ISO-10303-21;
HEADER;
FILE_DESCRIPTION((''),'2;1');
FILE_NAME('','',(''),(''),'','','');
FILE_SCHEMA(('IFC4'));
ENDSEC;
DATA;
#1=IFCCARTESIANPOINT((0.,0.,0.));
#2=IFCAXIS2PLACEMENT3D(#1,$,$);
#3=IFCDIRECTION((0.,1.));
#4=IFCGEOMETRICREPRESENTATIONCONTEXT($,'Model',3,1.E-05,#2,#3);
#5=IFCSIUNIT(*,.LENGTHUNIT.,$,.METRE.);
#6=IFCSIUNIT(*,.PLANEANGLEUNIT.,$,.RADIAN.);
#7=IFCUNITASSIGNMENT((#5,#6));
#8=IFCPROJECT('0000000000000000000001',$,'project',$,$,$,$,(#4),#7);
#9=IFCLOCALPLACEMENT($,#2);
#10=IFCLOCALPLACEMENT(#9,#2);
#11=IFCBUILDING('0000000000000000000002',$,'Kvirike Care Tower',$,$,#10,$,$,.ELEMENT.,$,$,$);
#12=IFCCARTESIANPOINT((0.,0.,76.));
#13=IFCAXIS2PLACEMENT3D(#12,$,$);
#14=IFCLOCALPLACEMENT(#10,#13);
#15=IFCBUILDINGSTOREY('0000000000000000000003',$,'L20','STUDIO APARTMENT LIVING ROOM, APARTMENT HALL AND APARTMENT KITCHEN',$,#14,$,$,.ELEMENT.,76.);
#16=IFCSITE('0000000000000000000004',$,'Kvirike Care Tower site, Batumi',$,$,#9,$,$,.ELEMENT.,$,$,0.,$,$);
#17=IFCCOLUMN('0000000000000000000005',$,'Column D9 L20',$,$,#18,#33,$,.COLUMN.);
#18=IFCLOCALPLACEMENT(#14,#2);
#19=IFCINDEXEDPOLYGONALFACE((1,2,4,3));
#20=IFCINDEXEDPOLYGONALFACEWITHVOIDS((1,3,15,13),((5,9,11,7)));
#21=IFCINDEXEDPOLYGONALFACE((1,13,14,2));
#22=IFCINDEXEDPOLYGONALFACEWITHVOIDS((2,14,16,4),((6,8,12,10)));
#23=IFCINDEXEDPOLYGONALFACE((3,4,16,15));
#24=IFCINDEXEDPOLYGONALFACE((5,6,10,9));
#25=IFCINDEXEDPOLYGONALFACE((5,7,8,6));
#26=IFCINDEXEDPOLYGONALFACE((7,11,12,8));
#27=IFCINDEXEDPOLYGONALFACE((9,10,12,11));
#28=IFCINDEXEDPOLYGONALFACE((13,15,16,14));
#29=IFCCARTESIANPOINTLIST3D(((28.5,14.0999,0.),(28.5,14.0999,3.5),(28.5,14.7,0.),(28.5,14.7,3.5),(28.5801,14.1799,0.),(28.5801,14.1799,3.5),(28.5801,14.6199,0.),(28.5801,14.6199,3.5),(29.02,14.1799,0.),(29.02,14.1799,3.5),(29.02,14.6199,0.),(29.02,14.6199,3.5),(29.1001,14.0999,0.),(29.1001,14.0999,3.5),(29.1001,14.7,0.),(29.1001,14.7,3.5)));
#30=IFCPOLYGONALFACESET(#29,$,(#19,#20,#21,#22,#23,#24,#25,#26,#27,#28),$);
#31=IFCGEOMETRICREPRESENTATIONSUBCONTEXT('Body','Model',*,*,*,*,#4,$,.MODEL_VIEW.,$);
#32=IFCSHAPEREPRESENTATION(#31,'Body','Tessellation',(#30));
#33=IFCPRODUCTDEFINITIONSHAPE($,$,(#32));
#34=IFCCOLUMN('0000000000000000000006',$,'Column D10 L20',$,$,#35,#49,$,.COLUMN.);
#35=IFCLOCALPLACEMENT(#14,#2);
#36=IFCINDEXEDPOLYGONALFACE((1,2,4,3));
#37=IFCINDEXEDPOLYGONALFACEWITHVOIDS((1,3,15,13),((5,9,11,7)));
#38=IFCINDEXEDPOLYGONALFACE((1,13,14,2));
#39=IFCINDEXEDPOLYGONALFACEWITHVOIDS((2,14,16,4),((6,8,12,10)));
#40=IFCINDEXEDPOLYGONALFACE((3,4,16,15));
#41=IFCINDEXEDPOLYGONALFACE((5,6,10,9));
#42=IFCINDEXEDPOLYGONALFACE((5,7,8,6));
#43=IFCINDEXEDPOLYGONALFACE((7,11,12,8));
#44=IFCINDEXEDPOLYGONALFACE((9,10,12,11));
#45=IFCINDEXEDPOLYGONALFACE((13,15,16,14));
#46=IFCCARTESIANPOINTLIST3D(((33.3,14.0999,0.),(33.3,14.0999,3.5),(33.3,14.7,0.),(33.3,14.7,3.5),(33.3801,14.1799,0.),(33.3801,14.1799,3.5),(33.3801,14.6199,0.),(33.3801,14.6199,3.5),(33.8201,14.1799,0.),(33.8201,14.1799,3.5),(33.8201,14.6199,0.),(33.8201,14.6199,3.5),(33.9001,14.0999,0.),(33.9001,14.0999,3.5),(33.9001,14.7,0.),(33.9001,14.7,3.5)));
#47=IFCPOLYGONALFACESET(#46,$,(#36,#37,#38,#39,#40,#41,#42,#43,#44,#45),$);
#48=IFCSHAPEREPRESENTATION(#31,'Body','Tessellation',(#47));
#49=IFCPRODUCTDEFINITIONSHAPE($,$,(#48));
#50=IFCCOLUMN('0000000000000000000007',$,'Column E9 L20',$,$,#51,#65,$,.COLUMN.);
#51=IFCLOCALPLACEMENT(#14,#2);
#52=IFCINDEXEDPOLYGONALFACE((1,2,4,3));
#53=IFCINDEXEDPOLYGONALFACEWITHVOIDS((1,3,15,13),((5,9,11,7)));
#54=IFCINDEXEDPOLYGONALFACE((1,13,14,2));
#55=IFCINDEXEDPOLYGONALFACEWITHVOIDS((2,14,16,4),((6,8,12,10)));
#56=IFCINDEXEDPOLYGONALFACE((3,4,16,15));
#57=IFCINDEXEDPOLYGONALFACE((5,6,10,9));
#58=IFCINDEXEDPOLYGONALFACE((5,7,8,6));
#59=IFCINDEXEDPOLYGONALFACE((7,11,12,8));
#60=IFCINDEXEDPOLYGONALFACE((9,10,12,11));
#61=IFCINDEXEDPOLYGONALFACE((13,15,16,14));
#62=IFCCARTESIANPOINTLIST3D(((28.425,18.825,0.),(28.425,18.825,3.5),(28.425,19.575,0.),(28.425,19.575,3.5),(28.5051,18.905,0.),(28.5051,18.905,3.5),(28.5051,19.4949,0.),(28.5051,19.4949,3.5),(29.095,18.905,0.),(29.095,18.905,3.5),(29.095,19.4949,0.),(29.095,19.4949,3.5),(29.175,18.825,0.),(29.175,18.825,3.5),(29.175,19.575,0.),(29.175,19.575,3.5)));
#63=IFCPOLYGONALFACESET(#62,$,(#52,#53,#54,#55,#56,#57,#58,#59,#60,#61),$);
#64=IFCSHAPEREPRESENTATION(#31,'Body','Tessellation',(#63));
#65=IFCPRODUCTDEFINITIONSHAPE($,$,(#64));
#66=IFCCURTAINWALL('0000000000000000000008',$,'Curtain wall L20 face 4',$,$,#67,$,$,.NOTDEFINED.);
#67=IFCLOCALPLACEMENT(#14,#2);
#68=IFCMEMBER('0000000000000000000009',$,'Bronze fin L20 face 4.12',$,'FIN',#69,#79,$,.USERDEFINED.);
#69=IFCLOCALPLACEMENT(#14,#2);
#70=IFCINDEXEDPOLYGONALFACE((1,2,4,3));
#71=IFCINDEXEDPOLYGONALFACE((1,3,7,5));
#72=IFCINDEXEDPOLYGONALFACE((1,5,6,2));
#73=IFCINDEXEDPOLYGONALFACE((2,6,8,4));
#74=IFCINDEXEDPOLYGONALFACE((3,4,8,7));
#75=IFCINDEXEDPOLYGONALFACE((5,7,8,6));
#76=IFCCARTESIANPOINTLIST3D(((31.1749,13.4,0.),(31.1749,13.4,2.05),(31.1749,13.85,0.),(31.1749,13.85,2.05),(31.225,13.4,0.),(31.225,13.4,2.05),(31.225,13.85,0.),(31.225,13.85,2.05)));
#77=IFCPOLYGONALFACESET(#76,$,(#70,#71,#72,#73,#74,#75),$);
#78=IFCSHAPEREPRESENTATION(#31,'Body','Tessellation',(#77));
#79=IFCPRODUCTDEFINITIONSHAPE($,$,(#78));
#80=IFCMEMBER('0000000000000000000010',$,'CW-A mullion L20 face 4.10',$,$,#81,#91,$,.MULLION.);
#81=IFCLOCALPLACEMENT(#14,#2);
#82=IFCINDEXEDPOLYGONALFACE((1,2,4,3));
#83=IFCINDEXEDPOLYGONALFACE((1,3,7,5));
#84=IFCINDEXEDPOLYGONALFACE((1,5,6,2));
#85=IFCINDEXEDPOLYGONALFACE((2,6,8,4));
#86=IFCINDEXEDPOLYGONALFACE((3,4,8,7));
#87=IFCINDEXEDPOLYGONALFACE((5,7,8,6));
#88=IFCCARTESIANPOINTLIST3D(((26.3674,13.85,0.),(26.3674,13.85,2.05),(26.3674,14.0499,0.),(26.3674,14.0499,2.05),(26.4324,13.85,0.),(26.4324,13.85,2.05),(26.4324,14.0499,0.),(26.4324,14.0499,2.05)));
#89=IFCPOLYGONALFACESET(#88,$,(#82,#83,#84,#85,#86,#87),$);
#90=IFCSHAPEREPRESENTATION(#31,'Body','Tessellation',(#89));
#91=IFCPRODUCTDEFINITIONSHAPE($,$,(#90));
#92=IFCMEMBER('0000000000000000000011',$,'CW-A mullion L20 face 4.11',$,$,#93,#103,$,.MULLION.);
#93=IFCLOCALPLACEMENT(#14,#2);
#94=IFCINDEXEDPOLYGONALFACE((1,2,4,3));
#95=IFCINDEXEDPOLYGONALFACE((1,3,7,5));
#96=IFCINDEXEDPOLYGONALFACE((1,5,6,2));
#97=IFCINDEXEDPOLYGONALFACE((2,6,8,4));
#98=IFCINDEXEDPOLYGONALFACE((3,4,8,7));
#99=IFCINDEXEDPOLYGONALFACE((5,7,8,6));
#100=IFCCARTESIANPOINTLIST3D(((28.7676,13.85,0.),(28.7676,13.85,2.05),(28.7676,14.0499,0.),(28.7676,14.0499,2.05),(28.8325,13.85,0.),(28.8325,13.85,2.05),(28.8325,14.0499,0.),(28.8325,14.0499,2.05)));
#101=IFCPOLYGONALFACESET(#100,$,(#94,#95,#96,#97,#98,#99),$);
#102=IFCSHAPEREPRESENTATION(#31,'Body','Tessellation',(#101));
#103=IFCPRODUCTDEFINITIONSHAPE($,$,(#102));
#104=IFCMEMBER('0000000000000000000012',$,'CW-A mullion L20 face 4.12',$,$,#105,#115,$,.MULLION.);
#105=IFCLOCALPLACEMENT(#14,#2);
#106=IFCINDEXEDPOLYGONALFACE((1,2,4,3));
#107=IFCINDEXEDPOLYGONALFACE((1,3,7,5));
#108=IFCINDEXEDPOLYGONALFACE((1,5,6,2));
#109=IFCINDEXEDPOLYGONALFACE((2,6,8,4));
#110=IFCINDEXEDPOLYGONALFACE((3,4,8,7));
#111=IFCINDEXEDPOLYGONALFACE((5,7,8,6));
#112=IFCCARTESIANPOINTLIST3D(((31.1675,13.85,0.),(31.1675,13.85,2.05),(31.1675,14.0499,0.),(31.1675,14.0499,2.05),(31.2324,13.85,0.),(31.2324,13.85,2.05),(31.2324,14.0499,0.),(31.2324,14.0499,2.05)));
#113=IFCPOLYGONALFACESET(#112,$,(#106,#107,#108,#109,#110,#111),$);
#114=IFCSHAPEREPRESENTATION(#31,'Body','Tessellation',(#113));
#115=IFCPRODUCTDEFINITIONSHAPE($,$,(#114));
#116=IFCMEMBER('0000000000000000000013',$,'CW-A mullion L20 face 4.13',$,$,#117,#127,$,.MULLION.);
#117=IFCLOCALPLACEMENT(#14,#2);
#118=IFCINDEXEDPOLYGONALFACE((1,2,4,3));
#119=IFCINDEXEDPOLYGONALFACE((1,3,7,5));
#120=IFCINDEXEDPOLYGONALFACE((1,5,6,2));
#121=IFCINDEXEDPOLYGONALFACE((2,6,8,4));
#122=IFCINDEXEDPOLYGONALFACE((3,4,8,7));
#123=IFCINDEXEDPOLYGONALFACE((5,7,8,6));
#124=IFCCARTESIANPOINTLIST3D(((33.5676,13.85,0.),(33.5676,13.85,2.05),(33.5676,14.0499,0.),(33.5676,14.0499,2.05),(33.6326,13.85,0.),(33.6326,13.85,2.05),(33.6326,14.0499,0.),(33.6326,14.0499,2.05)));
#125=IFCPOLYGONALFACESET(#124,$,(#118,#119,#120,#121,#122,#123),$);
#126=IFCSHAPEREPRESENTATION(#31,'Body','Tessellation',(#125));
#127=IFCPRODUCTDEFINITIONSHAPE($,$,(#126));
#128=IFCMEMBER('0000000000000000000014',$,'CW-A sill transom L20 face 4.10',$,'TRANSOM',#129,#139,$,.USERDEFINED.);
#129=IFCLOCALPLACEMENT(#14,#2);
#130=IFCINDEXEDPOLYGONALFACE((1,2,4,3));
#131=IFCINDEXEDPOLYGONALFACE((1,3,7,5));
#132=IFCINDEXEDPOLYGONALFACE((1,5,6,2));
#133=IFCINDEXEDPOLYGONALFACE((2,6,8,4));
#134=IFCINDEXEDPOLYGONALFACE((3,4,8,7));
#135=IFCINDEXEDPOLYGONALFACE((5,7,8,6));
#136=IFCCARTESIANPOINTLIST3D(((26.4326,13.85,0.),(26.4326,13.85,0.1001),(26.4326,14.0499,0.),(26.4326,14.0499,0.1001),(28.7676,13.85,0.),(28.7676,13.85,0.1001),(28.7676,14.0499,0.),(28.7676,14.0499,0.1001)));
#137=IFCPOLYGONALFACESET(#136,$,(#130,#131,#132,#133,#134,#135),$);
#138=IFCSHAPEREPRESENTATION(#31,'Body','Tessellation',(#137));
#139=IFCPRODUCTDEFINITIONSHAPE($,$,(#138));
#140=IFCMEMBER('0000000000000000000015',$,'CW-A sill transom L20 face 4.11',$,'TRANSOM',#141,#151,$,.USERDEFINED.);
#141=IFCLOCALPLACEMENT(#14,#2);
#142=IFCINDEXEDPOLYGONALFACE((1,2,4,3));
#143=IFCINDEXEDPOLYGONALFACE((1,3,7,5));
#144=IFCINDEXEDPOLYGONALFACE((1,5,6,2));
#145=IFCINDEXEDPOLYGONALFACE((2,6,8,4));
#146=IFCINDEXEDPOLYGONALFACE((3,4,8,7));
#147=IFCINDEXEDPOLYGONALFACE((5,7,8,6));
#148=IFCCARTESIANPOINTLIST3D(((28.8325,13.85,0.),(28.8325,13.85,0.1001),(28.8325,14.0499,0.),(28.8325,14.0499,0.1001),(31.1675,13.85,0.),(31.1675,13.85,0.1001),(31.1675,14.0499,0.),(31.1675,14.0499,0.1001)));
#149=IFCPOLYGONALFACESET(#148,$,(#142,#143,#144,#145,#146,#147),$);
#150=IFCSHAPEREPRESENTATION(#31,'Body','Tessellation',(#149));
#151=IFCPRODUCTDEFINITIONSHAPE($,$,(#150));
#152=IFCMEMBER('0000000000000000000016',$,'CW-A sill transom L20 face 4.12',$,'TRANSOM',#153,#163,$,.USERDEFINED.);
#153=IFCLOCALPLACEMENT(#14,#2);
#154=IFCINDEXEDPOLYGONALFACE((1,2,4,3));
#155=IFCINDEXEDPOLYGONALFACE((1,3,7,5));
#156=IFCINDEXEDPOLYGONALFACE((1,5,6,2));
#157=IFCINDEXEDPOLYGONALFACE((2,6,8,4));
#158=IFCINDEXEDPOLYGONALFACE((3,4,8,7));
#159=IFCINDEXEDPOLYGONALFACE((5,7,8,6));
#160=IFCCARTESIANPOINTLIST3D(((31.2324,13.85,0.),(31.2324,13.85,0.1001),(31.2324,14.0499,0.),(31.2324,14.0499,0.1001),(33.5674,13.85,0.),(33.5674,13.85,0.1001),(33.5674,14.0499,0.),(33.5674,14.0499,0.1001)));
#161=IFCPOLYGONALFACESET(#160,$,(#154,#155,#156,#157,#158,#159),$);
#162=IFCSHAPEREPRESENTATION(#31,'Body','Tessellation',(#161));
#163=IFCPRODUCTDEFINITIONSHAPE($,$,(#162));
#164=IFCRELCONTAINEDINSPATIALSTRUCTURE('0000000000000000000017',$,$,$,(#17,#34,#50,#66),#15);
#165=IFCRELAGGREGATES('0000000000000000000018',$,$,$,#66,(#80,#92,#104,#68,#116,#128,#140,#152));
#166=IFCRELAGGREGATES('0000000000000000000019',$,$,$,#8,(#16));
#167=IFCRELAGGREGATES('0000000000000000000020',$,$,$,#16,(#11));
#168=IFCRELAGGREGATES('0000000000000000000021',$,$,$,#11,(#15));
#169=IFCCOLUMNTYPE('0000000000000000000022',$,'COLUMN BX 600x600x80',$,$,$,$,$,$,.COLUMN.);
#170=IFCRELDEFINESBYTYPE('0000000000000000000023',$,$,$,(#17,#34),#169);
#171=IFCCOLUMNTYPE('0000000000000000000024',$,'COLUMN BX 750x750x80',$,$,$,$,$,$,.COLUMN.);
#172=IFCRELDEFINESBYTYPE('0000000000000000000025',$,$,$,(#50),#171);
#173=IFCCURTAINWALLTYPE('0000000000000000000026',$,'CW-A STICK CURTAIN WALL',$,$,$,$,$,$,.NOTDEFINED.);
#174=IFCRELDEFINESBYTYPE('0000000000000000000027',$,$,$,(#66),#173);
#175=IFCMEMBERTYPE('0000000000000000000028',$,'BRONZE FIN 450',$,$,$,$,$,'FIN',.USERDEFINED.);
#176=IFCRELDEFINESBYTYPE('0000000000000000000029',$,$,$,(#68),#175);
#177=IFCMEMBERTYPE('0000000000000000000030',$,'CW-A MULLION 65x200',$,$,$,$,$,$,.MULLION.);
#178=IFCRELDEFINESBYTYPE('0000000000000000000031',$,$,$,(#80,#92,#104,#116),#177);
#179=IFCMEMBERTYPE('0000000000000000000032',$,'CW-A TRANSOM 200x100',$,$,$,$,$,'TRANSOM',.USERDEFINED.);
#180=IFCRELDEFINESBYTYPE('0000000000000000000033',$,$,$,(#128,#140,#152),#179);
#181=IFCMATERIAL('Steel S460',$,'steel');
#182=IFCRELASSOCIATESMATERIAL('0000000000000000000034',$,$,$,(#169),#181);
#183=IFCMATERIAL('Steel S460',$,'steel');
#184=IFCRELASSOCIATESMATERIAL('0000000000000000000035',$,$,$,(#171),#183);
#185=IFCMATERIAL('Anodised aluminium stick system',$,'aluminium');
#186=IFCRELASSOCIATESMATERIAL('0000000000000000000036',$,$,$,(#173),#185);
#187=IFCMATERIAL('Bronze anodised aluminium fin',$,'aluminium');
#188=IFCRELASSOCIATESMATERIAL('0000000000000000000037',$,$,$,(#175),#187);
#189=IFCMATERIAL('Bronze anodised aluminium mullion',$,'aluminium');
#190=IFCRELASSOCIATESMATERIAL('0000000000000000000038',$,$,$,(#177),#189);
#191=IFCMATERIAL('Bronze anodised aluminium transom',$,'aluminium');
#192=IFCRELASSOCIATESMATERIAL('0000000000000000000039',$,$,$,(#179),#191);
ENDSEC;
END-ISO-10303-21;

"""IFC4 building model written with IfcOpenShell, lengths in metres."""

from ifc_helpers import new_model, si_unit, direction, frame, origin, origin_2d, place, context, subcontext, project, spatial, rectangle, hollow_rectangle, extrude, material, material_profile, profile_set, type_object, element, aggregate, save


model = new_model("IFC4")

# Units and contexts
model_context = context("Model", 3, precision=1e-05, world=origin(), true_north=direction((0.0, 1.0)))
body_context = subcontext(model_context, "Body", "Model", "MODEL_VIEW")
ifc_project = project(units=[si_unit("LENGTHUNIT", "METRE"), si_unit("PLANEANGLEUNIT", "RADIAN")], contexts=[model_context])

# Site, building, storey
site_placement = place(None, origin())
site = spatial("IfcSite", under=ifc_project, at=site_placement, Name="Kvirike Care Tower site, Batumi", CompositionType="ELEMENT", RefElevation=0.0)
building_placement = place(site_placement, origin())
building = spatial("IfcBuilding", under=site, at=building_placement, Name="Kvirike Care Tower", CompositionType="ELEMENT")
storey_placement = place(building_placement, frame((0.0, 0.0, 76.0)))
storey = spatial("IfcBuildingStorey", under=building, at=storey_placement, Name="L20", Description="STUDIO APARTMENT LIVING ROOM, APARTMENT HALL AND APARTMENT KITCHEN", CompositionType="ELEMENT", Elevation=76.0)

# Columns
ifc_material_1 = material(Name="Steel S460", Category="steel")
ifc_material_profile_1 = material_profile(ifc_material_1, hollow_rectangle(XDim=0.6001, YDim=0.6001, WallThickness=0.0801, at=origin_2d()), Name="BX 600x600x80")
ifc_profile_set_1 = profile_set([ifc_material_profile_1], Name="Steel S460")
column_type_1 = type_object("IfcColumnType", Name="COLUMN BX 600x600x80", PredefinedType="COLUMN", material=ifc_profile_set_1)
for number, where, z_axis, x_axis, name in (
    (1, (28.8, 14.3999, 0.0), (0.0, 0.0, 1.0), (0.0, 1.0, 0.0), "Column D9 L20"),
    (2, (33.6001, 14.3999, 0.0), (0.0, 0.0, 1.0), (0.0, 1.0, 0.0), "Column D10 L20"),
):
    element("IfcColumn", number, at=place(storey_placement, frame(where, z_axis=z_axis, x_axis=x_axis)), inside=storey, type_object=column_type_1, Name=name, PredefinedType="COLUMN", context=body_context, shape_type="SweptSolid", body=[
        extrude(hollow_rectangle(XDim=0.6001, YDim=0.6001, WallThickness=0.0801, at=origin_2d()), origin(), (0.0, 0.0, 1.0), 3.5),
    ])
ifc_material_2 = material(Name="Steel S460", Category="steel")
ifc_material_profile_2 = material_profile(ifc_material_2, hollow_rectangle(XDim=0.75, YDim=0.75, WallThickness=0.0801, at=origin_2d()), Name="BX 750x750x80")
ifc_profile_set_2 = profile_set([ifc_material_profile_2], Name="Steel S460")
column_type_2 = type_object("IfcColumnType", Name="COLUMN BX 750x750x80", PredefinedType="COLUMN", material=ifc_profile_set_2)
column_placement = place(storey_placement, frame((28.8, 19.2, 0.0), z_axis=(0.0, 0.0, 1.0), x_axis=(1.0, 0.0, 0.0)))
element("IfcColumn", 3, at=column_placement, inside=storey, type_object=column_type_2, Name="Column E9 L20", PredefinedType="COLUMN", context=body_context, shape_type="SweptSolid", body=[
    extrude(hollow_rectangle(XDim=0.75, YDim=0.75, WallThickness=0.0801, at=origin_2d()), origin(), (0.0, 0.0, 1.0), 3.5),
])

# Curtain wall, members
ifc_material_3 = material(Name="Anodised aluminium stick system", Category="aluminium")
curtain_wall_type = type_object("IfcCurtainWallType", Name="CW-A STICK CURTAIN WALL", PredefinedType="NOTDEFINED", material=ifc_material_3)
curtain_wall_placement = place(storey_placement, origin())
curtain_wall = element("IfcCurtainWall", 4, at=curtain_wall_placement, inside=storey, type_object=curtain_wall_type, Name="Curtain wall L20 face 4", PredefinedType="NOTDEFINED")
ifc_material_4 = material(Name="Bronze anodised aluminium fin", Category="aluminium")
ifc_material_profile_3 = material_profile(ifc_material_4, rectangle(XDim=0.05, YDim=0.45, at=origin_2d()), Name="BRONZE FIN 450")
ifc_profile_set_3 = profile_set([ifc_material_profile_3], Name="Bronze anodised aluminium fin")
member_type_1 = type_object("IfcMemberType", Name="BRONZE FIN 450", ElementType="FIN", PredefinedType="USERDEFINED", material=ifc_profile_set_3)
member_1_placement = place(storey_placement, frame((31.2, 13.625, 0.0), z_axis=(0.0, 0.0, 1.0), x_axis=(1.0, 0.0, 0.0)))
member_1 = element("IfcMember", 5, at=member_1_placement, type_object=member_type_1, Name="Bronze fin L20 face 4.12", ObjectType="FIN", PredefinedType="USERDEFINED", context=body_context, shape_type="SweptSolid", body=[
    extrude(rectangle(XDim=0.05, YDim=0.45, at=origin_2d()), origin(), (0.0, 0.0, 1.0), 2.05),
])
ifc_material_5 = material(Name="Bronze anodised aluminium mullion", Category="aluminium")
ifc_material_profile_4 = material_profile(ifc_material_5, rectangle(XDim=0.0649, YDim=0.2, at=origin_2d()), Name="CW-A MULLION 65x200")
ifc_profile_set_4 = profile_set([ifc_material_profile_4], Name="Bronze anodised aluminium mullion")
member_type_2 = type_object("IfcMemberType", Name="CW-A MULLION 65x200", PredefinedType="MULLION", material=ifc_profile_set_4)
member_2_placement = place(storey_placement, frame((26.3999, 13.95, 0.0), z_axis=(0.0, 0.0, 1.0), x_axis=(1.0, 0.0, 0.0)))
member_2 = element("IfcMember", 6, at=member_2_placement, type_object=member_type_2, Name="CW-A mullion L20 face 4.10", PredefinedType="MULLION", context=body_context, shape_type="SweptSolid", body=[
    extrude(rectangle(XDim=0.0649, YDim=0.2, at=origin_2d()), origin(), (0.0, 0.0, 1.0), 2.05),
])
member_3_placement = place(storey_placement, frame((28.8, 13.95, 0.0), z_axis=(0.0, 0.0, 1.0), x_axis=(1.0, 0.0, 0.0)))
member_3 = element("IfcMember", 7, at=member_3_placement, type_object=member_type_2, Name="CW-A mullion L20 face 4.11", PredefinedType="MULLION", context=body_context, shape_type="SweptSolid", body=[
    extrude(rectangle(XDim=0.0649, YDim=0.2, at=origin_2d()), origin(), (0.0, 0.0, 1.0), 2.05),
])
member_4_placement = place(storey_placement, frame((31.2, 13.95, 0.0), z_axis=(0.0, 0.0, 1.0), x_axis=(1.0, 0.0, 0.0)))
member_4 = element("IfcMember", 8, at=member_4_placement, type_object=member_type_2, Name="CW-A mullion L20 face 4.12", PredefinedType="MULLION", context=body_context, shape_type="SweptSolid", body=[
    extrude(rectangle(XDim=0.0649, YDim=0.2, at=origin_2d()), origin(), (0.0, 0.0, 1.0), 2.05),
])
member_5_placement = place(storey_placement, frame((33.6001, 13.95, 0.0), z_axis=(0.0, 0.0, 1.0), x_axis=(1.0, 0.0, 0.0)))
member_5 = element("IfcMember", 9, at=member_5_placement, type_object=member_type_2, Name="CW-A mullion L20 face 4.13", PredefinedType="MULLION", context=body_context, shape_type="SweptSolid", body=[
    extrude(rectangle(XDim=0.0649, YDim=0.2, at=origin_2d()), origin(), (0.0, 0.0, 1.0), 2.05),
])
ifc_material_6 = material(Name="Bronze anodised aluminium transom", Category="aluminium")
ifc_material_profile_5 = material_profile(ifc_material_6, rectangle(XDim=0.2, YDim=0.1001, at=origin_2d()), Name="CW-A TRANSOM 200x100")
ifc_profile_set_5 = profile_set([ifc_material_profile_5], Name="Bronze anodised aluminium transom")
member_type_3 = type_object("IfcMemberType", Name="CW-A TRANSOM 200x100", ElementType="TRANSOM", PredefinedType="USERDEFINED", material=ifc_profile_set_5)
member_6_placement = place(storey_placement, frame((26.4326, 13.95, 0.05), z_axis=(1.0, 0.0, 0.0), x_axis=(0.0, 1.0, 0.0)))
member_6 = element("IfcMember", 10, at=member_6_placement, type_object=member_type_3, Name="CW-A sill transom L20 face 4.10", ObjectType="TRANSOM", PredefinedType="USERDEFINED", context=body_context, shape_type="SweptSolid", body=[
    extrude(rectangle(XDim=0.2, YDim=0.1001, at=origin_2d()), origin(), (0.0, 0.0, 1.0), 2.335),
])
member_7_placement = place(storey_placement, frame((28.8325, 13.95, 0.05), z_axis=(1.0, 0.0, 0.0), x_axis=(0.0, 1.0, 0.0)))
member_7 = element("IfcMember", 11, at=member_7_placement, type_object=member_type_3, Name="CW-A sill transom L20 face 4.11", ObjectType="TRANSOM", PredefinedType="USERDEFINED", context=body_context, shape_type="SweptSolid", body=[
    extrude(rectangle(XDim=0.2, YDim=0.1001, at=origin_2d()), origin(), (0.0, 0.0, 1.0), 2.335),
])
member_8_placement = place(storey_placement, frame((31.2324, 13.95, 0.05), z_axis=(1.0, 0.0, 0.0), x_axis=(0.0, 1.0, 0.0)))
member_8 = element("IfcMember", 12, at=member_8_placement, type_object=member_type_3, Name="CW-A sill transom L20 face 4.12", ObjectType="TRANSOM", PredefinedType="USERDEFINED", context=body_context, shape_type="SweptSolid", body=[
    extrude(rectangle(XDim=0.2, YDim=0.1001, at=origin_2d()), origin(), (0.0, 0.0, 1.0), 2.335),
])

aggregate(curtain_wall, [member_2, member_3, member_4, member_1, member_5, member_6, member_7, member_8])

save(model, "model.ifc")
